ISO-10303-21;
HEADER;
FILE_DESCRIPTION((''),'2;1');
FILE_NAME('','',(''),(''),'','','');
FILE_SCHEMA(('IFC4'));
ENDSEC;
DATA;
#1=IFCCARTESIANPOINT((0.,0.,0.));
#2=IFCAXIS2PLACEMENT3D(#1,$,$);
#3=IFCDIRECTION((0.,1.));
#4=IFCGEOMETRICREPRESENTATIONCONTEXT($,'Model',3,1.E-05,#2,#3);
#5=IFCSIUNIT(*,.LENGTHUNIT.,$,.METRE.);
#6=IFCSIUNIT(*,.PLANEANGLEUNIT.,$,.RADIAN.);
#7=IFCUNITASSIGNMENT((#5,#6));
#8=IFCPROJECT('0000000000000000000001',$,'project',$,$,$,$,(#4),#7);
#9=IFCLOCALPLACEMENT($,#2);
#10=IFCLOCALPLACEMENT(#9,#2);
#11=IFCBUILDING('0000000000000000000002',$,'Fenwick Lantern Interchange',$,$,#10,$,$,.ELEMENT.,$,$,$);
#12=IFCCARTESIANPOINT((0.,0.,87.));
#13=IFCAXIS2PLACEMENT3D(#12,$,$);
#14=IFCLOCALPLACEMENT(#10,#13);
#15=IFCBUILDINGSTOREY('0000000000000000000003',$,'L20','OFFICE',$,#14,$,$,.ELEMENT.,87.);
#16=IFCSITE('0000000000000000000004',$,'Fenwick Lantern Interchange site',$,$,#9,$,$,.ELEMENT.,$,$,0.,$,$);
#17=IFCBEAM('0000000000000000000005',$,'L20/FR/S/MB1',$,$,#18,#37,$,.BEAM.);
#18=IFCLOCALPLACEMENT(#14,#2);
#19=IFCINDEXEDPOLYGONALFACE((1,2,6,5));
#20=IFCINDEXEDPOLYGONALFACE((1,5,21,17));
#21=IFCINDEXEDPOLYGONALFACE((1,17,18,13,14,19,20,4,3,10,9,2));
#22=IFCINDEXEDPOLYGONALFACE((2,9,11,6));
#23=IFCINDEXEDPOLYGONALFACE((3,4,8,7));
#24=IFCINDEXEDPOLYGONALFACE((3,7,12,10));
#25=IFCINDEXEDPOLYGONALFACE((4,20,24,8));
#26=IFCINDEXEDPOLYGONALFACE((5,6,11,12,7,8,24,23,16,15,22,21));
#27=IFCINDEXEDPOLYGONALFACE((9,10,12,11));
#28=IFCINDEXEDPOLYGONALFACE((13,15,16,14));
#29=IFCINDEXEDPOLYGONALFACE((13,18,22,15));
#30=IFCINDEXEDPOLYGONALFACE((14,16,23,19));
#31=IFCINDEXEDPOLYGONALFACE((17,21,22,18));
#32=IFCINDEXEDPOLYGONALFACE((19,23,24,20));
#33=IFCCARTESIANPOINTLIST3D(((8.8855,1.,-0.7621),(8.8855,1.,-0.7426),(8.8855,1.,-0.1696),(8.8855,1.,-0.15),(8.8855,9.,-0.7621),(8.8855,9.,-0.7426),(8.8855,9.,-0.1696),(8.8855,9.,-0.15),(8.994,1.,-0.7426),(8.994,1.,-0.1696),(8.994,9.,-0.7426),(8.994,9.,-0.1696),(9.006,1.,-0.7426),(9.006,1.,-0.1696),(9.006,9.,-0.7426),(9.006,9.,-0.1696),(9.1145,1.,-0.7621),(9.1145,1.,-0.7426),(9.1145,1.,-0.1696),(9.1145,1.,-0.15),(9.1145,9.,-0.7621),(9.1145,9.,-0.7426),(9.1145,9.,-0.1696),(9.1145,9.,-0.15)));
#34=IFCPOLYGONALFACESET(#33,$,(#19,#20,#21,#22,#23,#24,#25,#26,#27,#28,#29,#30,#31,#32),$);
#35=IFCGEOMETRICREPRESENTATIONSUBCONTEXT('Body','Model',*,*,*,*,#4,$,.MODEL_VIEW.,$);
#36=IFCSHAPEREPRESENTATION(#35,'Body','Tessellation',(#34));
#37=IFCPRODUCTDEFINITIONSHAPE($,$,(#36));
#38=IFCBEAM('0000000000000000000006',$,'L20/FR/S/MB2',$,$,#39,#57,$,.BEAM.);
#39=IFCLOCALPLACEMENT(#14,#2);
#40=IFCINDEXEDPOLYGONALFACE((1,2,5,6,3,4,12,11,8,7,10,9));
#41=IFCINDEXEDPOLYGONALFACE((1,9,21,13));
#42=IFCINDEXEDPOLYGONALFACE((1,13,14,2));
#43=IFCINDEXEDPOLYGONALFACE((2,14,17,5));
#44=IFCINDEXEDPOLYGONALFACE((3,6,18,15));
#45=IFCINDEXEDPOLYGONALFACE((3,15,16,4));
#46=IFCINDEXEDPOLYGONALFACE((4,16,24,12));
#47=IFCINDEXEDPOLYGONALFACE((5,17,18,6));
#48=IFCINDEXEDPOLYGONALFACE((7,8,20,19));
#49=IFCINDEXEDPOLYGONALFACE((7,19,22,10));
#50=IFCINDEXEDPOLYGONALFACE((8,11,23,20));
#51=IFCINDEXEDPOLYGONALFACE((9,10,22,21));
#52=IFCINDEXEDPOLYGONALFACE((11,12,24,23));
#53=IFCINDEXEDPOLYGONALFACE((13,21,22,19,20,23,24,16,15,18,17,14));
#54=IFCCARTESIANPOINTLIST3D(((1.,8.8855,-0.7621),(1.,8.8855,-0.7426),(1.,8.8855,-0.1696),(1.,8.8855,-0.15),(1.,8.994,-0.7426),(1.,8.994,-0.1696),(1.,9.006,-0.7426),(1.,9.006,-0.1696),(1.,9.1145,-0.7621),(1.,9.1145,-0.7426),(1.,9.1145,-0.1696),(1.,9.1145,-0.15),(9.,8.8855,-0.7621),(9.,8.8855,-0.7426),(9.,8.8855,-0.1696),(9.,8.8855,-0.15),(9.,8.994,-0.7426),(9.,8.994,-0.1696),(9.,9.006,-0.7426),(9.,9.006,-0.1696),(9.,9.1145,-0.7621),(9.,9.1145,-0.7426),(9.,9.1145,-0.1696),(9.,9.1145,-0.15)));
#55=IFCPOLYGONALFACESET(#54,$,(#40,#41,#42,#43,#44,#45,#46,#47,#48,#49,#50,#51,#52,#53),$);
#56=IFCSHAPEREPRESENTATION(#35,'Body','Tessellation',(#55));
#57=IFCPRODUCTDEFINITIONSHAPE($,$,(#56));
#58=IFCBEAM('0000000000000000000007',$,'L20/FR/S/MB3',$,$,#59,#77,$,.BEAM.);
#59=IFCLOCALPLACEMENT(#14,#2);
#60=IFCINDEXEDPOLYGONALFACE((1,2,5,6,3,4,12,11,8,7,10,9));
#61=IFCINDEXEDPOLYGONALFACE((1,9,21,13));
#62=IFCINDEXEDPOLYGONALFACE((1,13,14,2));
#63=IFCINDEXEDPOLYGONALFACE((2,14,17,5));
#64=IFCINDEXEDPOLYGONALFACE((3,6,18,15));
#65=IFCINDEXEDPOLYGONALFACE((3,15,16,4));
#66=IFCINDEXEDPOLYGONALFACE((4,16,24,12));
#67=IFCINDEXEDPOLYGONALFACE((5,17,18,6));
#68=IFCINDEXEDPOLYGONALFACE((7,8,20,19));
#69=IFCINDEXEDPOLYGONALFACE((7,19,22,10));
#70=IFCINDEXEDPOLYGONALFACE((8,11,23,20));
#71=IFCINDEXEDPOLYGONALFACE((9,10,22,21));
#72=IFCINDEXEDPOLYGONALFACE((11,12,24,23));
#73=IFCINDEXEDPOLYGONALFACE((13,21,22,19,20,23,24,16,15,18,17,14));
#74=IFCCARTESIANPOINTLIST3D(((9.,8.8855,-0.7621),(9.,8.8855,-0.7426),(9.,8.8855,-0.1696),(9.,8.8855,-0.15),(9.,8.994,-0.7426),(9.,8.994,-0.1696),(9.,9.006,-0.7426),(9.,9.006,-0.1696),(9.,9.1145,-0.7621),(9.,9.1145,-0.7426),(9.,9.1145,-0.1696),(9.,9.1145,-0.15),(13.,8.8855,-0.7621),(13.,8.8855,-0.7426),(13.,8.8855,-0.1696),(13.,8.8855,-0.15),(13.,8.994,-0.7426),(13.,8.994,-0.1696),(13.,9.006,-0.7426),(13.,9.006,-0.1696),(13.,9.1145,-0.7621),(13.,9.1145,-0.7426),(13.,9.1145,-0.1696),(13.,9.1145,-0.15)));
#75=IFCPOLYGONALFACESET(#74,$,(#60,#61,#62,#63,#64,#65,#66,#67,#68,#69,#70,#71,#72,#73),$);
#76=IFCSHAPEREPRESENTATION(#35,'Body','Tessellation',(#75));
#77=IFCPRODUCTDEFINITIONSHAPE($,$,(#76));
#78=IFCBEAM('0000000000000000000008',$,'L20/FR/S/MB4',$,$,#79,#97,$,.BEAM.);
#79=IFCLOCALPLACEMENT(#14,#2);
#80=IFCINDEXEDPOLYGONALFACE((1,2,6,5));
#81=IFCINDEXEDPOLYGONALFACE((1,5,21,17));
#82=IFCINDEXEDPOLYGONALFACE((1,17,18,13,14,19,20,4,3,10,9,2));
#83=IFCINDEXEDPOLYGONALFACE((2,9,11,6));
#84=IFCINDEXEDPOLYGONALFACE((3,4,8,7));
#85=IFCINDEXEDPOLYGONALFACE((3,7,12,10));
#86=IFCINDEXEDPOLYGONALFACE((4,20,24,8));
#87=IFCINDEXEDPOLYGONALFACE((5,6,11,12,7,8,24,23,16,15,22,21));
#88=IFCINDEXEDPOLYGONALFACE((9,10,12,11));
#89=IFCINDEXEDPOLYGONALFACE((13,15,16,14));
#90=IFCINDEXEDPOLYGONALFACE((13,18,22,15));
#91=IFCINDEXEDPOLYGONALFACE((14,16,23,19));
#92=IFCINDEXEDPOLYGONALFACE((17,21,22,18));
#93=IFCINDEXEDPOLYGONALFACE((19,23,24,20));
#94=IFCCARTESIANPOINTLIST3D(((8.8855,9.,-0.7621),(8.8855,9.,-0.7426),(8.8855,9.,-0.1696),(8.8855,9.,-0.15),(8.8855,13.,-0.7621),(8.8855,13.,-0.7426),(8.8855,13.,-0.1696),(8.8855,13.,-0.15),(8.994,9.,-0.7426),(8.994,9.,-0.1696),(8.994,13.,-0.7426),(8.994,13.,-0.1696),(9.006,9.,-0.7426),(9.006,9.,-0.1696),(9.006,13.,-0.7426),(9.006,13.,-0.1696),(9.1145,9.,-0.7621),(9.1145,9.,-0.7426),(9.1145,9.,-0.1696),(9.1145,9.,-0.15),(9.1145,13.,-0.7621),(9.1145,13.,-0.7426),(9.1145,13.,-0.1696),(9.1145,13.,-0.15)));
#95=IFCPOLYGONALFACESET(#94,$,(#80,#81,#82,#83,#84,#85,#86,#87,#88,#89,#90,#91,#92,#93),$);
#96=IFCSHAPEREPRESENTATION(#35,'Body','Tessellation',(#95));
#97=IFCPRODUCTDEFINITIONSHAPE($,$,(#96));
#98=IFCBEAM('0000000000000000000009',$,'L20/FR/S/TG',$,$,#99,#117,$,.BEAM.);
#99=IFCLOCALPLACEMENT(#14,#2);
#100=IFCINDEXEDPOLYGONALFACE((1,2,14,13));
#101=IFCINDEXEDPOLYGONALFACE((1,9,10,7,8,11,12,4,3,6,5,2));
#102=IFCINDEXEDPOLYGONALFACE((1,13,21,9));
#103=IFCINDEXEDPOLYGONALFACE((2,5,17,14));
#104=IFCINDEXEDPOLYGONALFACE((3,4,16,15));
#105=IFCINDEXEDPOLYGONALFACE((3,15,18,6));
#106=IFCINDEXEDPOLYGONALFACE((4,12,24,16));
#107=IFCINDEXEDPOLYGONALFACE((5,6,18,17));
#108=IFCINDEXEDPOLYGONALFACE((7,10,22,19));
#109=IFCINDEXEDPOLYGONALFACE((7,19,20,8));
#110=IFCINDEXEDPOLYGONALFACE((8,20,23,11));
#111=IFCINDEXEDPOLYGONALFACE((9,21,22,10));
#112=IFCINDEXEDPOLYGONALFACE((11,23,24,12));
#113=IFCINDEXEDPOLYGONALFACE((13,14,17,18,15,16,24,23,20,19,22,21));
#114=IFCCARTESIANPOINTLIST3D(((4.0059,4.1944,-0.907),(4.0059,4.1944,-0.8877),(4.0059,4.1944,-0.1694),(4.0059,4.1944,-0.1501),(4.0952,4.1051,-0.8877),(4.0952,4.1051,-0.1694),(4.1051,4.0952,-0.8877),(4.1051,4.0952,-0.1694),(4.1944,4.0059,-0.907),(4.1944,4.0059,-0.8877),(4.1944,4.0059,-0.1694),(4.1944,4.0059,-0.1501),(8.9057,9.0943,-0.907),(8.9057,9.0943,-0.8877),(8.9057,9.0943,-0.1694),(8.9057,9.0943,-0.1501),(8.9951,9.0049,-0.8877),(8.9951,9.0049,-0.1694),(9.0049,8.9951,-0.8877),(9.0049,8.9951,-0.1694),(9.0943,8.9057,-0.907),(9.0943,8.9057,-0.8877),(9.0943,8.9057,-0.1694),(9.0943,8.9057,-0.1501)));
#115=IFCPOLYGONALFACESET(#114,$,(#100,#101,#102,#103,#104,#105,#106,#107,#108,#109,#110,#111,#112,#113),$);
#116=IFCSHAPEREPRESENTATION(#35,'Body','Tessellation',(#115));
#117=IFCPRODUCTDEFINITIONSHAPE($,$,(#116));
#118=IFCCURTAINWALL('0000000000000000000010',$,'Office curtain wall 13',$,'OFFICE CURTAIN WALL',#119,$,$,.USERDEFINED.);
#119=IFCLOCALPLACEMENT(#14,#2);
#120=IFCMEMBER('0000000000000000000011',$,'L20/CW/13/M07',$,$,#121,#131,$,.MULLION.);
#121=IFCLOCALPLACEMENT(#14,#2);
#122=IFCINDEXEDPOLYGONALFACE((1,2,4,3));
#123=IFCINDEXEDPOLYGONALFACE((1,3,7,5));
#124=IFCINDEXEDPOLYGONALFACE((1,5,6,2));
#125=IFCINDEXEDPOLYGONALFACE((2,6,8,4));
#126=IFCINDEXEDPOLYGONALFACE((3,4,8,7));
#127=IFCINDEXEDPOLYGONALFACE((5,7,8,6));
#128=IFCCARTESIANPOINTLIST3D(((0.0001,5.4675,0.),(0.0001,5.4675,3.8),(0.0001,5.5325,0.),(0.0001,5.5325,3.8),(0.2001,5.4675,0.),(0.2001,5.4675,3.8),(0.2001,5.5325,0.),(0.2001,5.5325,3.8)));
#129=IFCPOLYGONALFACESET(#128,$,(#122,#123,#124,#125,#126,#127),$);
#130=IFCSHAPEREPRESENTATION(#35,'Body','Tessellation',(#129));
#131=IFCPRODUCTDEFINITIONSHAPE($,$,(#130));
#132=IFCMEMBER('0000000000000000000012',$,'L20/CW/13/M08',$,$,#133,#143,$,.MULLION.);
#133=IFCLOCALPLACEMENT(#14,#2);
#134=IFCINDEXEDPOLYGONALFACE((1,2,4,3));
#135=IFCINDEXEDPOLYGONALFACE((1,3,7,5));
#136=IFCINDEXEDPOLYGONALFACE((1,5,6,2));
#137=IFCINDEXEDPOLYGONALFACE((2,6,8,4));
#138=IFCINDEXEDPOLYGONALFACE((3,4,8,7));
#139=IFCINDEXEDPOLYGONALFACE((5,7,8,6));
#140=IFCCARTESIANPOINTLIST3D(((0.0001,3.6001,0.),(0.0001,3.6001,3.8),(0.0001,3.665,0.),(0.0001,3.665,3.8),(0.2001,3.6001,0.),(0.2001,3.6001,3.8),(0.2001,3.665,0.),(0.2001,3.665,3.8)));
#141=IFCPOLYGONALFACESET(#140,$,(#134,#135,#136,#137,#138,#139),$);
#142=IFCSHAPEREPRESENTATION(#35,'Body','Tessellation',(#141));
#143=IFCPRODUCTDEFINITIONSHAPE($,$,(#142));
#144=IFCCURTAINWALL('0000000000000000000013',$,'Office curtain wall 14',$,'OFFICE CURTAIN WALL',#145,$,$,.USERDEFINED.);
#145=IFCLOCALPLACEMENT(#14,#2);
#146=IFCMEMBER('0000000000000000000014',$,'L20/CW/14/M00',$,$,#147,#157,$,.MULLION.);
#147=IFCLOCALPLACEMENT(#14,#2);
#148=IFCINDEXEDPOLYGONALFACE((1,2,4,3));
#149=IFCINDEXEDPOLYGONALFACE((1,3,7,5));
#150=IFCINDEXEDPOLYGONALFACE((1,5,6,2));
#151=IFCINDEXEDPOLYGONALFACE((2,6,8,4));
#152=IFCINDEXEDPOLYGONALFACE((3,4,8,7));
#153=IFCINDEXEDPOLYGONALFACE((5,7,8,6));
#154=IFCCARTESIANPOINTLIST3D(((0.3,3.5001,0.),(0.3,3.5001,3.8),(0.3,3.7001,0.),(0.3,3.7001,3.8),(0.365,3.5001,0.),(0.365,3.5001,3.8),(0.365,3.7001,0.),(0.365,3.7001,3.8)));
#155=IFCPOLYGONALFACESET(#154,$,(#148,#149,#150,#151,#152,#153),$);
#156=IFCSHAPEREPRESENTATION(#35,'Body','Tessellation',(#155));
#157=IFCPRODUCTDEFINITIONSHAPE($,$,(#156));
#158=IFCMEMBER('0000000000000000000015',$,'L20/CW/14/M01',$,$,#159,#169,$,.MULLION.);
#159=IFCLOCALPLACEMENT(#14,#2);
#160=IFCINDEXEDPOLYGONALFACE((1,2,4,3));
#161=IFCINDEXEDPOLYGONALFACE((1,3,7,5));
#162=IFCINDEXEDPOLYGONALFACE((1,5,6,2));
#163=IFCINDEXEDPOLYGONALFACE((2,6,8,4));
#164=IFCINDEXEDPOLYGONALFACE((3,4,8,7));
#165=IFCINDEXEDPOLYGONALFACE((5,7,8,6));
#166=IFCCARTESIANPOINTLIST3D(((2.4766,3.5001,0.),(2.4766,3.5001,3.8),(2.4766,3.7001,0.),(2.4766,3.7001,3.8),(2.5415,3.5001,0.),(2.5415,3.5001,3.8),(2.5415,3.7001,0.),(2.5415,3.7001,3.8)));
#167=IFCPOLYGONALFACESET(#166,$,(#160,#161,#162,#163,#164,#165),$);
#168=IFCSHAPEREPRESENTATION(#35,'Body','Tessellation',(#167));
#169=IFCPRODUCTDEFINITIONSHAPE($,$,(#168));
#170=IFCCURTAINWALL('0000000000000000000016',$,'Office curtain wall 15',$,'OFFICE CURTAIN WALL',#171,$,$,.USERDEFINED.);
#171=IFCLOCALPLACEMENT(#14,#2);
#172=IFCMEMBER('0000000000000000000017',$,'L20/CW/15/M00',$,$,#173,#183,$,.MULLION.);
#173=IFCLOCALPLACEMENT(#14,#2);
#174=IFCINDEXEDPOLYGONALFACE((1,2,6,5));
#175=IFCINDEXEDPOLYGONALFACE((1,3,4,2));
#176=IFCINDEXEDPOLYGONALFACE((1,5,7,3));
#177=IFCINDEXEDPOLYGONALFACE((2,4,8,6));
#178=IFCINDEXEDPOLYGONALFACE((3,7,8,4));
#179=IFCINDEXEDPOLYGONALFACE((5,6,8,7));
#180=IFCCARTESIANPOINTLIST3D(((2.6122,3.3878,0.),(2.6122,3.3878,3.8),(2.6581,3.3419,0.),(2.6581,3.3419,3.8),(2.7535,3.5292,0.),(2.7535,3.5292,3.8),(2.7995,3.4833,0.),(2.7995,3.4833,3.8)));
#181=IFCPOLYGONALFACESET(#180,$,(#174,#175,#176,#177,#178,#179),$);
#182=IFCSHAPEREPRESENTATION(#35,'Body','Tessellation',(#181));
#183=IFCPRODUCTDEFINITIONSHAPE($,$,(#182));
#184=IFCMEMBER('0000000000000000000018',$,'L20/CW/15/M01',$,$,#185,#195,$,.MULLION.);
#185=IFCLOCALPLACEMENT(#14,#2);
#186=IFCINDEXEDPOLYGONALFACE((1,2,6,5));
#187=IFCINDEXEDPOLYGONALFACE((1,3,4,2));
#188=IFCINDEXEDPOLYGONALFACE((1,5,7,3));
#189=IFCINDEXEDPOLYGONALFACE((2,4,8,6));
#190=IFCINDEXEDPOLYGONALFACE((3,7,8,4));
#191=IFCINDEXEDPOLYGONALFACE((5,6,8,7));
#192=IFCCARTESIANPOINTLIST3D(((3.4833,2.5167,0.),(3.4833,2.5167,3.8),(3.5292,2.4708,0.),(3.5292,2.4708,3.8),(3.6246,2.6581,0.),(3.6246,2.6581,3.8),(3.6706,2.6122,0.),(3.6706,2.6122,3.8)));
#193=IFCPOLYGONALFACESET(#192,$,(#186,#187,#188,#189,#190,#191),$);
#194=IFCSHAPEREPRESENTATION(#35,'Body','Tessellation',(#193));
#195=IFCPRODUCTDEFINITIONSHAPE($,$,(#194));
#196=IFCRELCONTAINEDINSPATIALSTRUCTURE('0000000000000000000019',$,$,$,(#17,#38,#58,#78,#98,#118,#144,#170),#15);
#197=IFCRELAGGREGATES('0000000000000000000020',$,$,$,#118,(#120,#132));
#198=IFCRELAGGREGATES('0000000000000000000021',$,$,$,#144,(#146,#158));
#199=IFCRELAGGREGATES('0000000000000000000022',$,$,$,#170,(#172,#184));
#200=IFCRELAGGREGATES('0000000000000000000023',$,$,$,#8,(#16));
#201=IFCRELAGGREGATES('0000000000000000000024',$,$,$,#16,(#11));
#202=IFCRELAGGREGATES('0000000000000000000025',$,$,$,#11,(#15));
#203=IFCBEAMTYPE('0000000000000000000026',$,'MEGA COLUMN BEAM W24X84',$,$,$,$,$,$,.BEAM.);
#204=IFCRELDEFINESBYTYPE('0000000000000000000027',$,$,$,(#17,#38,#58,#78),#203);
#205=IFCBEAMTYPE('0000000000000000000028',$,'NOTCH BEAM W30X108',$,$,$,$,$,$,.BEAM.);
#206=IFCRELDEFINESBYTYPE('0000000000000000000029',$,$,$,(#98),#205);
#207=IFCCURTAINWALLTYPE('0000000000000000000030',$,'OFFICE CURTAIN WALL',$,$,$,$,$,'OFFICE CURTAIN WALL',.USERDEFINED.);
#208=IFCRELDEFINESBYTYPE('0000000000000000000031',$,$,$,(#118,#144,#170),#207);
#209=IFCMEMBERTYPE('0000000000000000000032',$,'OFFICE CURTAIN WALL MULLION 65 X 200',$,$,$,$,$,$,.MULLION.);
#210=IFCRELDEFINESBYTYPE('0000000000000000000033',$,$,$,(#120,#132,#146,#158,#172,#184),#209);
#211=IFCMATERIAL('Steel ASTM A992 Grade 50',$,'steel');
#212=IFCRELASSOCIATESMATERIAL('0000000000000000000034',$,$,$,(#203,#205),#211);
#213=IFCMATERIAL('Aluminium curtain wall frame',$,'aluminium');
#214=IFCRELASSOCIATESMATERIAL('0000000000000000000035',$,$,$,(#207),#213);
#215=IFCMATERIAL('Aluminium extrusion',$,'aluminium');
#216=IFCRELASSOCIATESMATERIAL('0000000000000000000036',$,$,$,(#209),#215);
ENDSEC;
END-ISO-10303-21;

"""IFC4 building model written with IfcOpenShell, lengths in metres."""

from ifc_helpers import new_model, si_unit, direction, frame, origin, origin_2d, place, context, subcontext, project, spatial, rectangle, i_section, extrude, material, material_profile, profile_set, type_object, element, aggregate, save


model = new_model("IFC4")

# Units and contexts
model_context = context("Model", 3, precision=1e-05, world=origin(), true_north=direction((0.0, 1.0)))
body_context = subcontext(model_context, "Body", "Model", "MODEL_VIEW")
ifc_project = project(units=[si_unit("LENGTHUNIT", "METRE"), si_unit("PLANEANGLEUNIT", "RADIAN")], contexts=[model_context])

# Site, building, storey
site_placement = place(None, origin())
site = spatial("IfcSite", under=ifc_project, at=site_placement, Name="Fenwick Lantern Interchange site", CompositionType="ELEMENT", RefElevation=0.0)
building_placement = place(site_placement, origin())
building = spatial("IfcBuilding", under=site, at=building_placement, Name="Fenwick Lantern Interchange", CompositionType="ELEMENT")
storey_placement = place(building_placement, frame((0.0, 0.0, 87.0)))
storey = spatial("IfcBuildingStorey", under=building, at=storey_placement, Name="L20", Description="OFFICE", CompositionType="ELEMENT", Elevation=87.0)

# Beams
ifc_material_1 = material(Name="Steel ASTM A992 Grade 50", Category="steel")
ifc_material_profile_1 = material_profile(ifc_material_1, i_section(OverallWidth=0.229, OverallDepth=0.6121, WebThickness=0.012, FlangeThickness=0.0195, at=origin_2d()), Name="W24X84")
ifc_profile_set_1 = profile_set([ifc_material_profile_1], Name="Steel ASTM A992 Grade 50")
beam_type_1 = type_object("IfcBeamType", Name="MEGA COLUMN BEAM W24X84", PredefinedType="BEAM", material=ifc_profile_set_1)
for number, where, z_axis, x_axis, name in (
    (1, (9.0, 9.0, -0.4561), (0.0, -1.0, 0.0), (1.0, 0.0, 0.0), "L20/FR/S/MB1"),
    (2, (9.0, 9.0, -0.4561), (-1.0, 0.0, 0.0), (0.0, -1.0, 0.0), "L20/FR/S/MB2"),
):
    element("IfcBeam", number, at=place(storey_placement, frame(where, z_axis=z_axis, x_axis=x_axis)), inside=storey, type_object=beam_type_1, Name=name, PredefinedType="BEAM", context=body_context, shape_type="SweptSolid", body=[
        extrude(i_section(OverallWidth=0.229, OverallDepth=0.6121, WebThickness=0.012, FlangeThickness=0.0195, at=origin_2d()), origin(), (0.0, 0.0, 1.0), 8.0),
    ])
for number, where, z_axis, x_axis, name in (
    (3, (9.0, 9.0, -0.4561), (1.0, 0.0, 0.0), (0.0, 1.0, 0.0), "L20/FR/S/MB3"),
    (4, (9.0, 9.0, -0.4561), (0.0, 1.0, 0.0), (-1.0, 0.0, 0.0), "L20/FR/S/MB4"),
):
    element("IfcBeam", number, at=place(storey_placement, frame(where, z_axis=z_axis, x_axis=x_axis)), inside=storey, type_object=beam_type_1, Name=name, PredefinedType="BEAM", context=body_context, shape_type="SweptSolid", body=[
        extrude(i_section(OverallWidth=0.229, OverallDepth=0.6121, WebThickness=0.012, FlangeThickness=0.0195, at=origin_2d()), origin(), (0.0, 0.0, 1.0), 4.0),
    ])
ifc_material_profile_2 = material_profile(ifc_material_1, i_section(OverallWidth=0.2666, OverallDepth=0.7568, WebThickness=0.0139, FlangeThickness=0.0193, at=origin_2d()), Name="W30X108")
ifc_profile_set_2 = profile_set([ifc_material_profile_2], Name="Steel ASTM A992 Grade 50")
beam_type_2 = type_object("IfcBeamType", Name="NOTCH BEAM W30X108", PredefinedType="BEAM", material=ifc_profile_set_2)
beam_1_placement = place(storey_placement, frame((9.0, 9.0, -0.5286), z_axis=(-0.707107, -0.707107, 0.0), x_axis=(0.707107, -0.707107, 0.0)))
element("IfcBeam", 5, at=beam_1_placement, inside=storey, type_object=beam_type_2, Name="L20/FR/S/TG", PredefinedType="BEAM", context=body_context, shape_type="SweptSolid", body=[
    extrude(i_section(OverallWidth=0.2666, OverallDepth=0.7568, WebThickness=0.0139, FlangeThickness=0.0193, at=origin_2d()), origin(), (0.0, 0.0, 1.0), 6.9294),
])

# Curtain walls, members
ifc_material_2 = material(Name="Aluminium curtain wall frame", Category="aluminium")
curtain_wall_type = type_object("IfcCurtainWallType", Name="OFFICE CURTAIN WALL", ElementType="OFFICE CURTAIN WALL", PredefinedType="USERDEFINED", material=ifc_material_2)
curtain_wall_1_placement = place(storey_placement, origin())
curtain_wall_1 = element("IfcCurtainWall", 6, at=curtain_wall_1_placement, inside=storey, type_object=curtain_wall_type, Name="Office curtain wall 13", ObjectType="OFFICE CURTAIN WALL", PredefinedType="USERDEFINED")
ifc_material_3 = material(Name="Aluminium extrusion", Category="aluminium")
ifc_material_profile_3 = material_profile(ifc_material_3, rectangle(XDim=0.2, YDim=0.0649, at=origin_2d()), Name="OFFICE CURTAIN WALL MULLION 65 X 200")
ifc_profile_set_3 = profile_set([ifc_material_profile_3], Name="Aluminium extrusion")
member_type_1 = type_object("IfcMemberType", Name="OFFICE CURTAIN WALL MULLION 65 X 200", PredefinedType="MULLION", material=ifc_profile_set_3)
member_1_placement = place(storey_placement, frame((0.1001, 5.5, 0.0), z_axis=(0.0, 0.0, 1.0), x_axis=(1.0, 0.0, 0.0)))
member_1 = element("IfcMember", 7, at=member_1_placement, type_object=member_type_1, Name="L20/CW/13/M07", PredefinedType="MULLION", context=body_context, shape_type="SweptSolid", body=[
    extrude(rectangle(XDim=0.2, YDim=0.0649, at=origin_2d()), origin(), (0.0, 0.0, 1.0), 3.8),
])
member_2_placement = place(storey_placement, frame((0.1001, 3.6326, 0.0), z_axis=(0.0, 0.0, 1.0), x_axis=(1.0, 0.0, 0.0)))
member_2 = element("IfcMember", 8, at=member_2_placement, type_object=member_type_1, Name="L20/CW/13/M08", PredefinedType="MULLION", context=body_context, shape_type="SweptSolid", body=[
    extrude(rectangle(XDim=0.2, YDim=0.0649, at=origin_2d()), origin(), (0.0, 0.0, 1.0), 3.8),
])
curtain_wall_2_placement = place(storey_placement, origin())
curtain_wall_2 = element("IfcCurtainWall", 9, at=curtain_wall_2_placement, inside=storey, type_object=curtain_wall_type, Name="Office curtain wall 14", ObjectType="OFFICE CURTAIN WALL", PredefinedType="USERDEFINED")
member_3_placement = place(storey_placement, frame((0.3325, 3.6001, 0.0), z_axis=(0.0, 0.0, 1.0), x_axis=(0.0, 1.0, 0.0)))
member_3 = element("IfcMember", 10, at=member_3_placement, type_object=member_type_1, Name="L20/CW/14/M00", PredefinedType="MULLION", context=body_context, shape_type="SweptSolid", body=[
    extrude(rectangle(XDim=0.2, YDim=0.0649, at=origin_2d()), origin(), (0.0, 0.0, 1.0), 3.8),
])
member_4_placement = place(storey_placement, frame((2.509, 3.6001, 0.0), z_axis=(0.0, 0.0, 1.0), x_axis=(0.0, 1.0, 0.0)))
member_4 = element("IfcMember", 11, at=member_4_placement, type_object=member_type_1, Name="L20/CW/14/M01", PredefinedType="MULLION", context=body_context, shape_type="SweptSolid", body=[
    extrude(rectangle(XDim=0.2, YDim=0.0649, at=origin_2d()), origin(), (0.0, 0.0, 1.0), 3.8),
])
curtain_wall_3_placement = place(storey_placement, origin())
curtain_wall_3 = element("IfcCurtainWall", 12, at=curtain_wall_3_placement, inside=storey, type_object=curtain_wall_type, Name="Office curtain wall 15", ObjectType="OFFICE CURTAIN WALL", PredefinedType="USERDEFINED")
member_5_placement = place(storey_placement, frame((2.7058, 3.4355, 0.0), z_axis=(0.0, 0.0, 1.0), x_axis=(0.707107, 0.707107, 0.0)))
member_5 = element("IfcMember", 13, at=member_5_placement, type_object=member_type_1, Name="L20/CW/15/M00", PredefinedType="MULLION", context=body_context, shape_type="SweptSolid", body=[
    extrude(rectangle(XDim=0.2, YDim=0.0649, at=origin_2d()), origin(), (0.0, 0.0, 1.0), 3.8),
])
member_6_placement = place(storey_placement, frame((3.5769, 2.5645, 0.0), z_axis=(0.0, 0.0, 1.0), x_axis=(0.707107, 0.707107, 0.0)))
member_6 = element("IfcMember", 14, at=member_6_placement, type_object=member_type_1, Name="L20/CW/15/M01", PredefinedType="MULLION", context=body_context, shape_type="SweptSolid", body=[
    extrude(rectangle(XDim=0.2, YDim=0.0649, at=origin_2d()), origin(), (0.0, 0.0, 1.0), 3.8),
])

aggregate(curtain_wall_1, [member_1, member_2])
aggregate(curtain_wall_2, [member_3, member_4])

aggregate(curtain_wall_3, [member_5, member_6])

save(model, "model.ifc")
